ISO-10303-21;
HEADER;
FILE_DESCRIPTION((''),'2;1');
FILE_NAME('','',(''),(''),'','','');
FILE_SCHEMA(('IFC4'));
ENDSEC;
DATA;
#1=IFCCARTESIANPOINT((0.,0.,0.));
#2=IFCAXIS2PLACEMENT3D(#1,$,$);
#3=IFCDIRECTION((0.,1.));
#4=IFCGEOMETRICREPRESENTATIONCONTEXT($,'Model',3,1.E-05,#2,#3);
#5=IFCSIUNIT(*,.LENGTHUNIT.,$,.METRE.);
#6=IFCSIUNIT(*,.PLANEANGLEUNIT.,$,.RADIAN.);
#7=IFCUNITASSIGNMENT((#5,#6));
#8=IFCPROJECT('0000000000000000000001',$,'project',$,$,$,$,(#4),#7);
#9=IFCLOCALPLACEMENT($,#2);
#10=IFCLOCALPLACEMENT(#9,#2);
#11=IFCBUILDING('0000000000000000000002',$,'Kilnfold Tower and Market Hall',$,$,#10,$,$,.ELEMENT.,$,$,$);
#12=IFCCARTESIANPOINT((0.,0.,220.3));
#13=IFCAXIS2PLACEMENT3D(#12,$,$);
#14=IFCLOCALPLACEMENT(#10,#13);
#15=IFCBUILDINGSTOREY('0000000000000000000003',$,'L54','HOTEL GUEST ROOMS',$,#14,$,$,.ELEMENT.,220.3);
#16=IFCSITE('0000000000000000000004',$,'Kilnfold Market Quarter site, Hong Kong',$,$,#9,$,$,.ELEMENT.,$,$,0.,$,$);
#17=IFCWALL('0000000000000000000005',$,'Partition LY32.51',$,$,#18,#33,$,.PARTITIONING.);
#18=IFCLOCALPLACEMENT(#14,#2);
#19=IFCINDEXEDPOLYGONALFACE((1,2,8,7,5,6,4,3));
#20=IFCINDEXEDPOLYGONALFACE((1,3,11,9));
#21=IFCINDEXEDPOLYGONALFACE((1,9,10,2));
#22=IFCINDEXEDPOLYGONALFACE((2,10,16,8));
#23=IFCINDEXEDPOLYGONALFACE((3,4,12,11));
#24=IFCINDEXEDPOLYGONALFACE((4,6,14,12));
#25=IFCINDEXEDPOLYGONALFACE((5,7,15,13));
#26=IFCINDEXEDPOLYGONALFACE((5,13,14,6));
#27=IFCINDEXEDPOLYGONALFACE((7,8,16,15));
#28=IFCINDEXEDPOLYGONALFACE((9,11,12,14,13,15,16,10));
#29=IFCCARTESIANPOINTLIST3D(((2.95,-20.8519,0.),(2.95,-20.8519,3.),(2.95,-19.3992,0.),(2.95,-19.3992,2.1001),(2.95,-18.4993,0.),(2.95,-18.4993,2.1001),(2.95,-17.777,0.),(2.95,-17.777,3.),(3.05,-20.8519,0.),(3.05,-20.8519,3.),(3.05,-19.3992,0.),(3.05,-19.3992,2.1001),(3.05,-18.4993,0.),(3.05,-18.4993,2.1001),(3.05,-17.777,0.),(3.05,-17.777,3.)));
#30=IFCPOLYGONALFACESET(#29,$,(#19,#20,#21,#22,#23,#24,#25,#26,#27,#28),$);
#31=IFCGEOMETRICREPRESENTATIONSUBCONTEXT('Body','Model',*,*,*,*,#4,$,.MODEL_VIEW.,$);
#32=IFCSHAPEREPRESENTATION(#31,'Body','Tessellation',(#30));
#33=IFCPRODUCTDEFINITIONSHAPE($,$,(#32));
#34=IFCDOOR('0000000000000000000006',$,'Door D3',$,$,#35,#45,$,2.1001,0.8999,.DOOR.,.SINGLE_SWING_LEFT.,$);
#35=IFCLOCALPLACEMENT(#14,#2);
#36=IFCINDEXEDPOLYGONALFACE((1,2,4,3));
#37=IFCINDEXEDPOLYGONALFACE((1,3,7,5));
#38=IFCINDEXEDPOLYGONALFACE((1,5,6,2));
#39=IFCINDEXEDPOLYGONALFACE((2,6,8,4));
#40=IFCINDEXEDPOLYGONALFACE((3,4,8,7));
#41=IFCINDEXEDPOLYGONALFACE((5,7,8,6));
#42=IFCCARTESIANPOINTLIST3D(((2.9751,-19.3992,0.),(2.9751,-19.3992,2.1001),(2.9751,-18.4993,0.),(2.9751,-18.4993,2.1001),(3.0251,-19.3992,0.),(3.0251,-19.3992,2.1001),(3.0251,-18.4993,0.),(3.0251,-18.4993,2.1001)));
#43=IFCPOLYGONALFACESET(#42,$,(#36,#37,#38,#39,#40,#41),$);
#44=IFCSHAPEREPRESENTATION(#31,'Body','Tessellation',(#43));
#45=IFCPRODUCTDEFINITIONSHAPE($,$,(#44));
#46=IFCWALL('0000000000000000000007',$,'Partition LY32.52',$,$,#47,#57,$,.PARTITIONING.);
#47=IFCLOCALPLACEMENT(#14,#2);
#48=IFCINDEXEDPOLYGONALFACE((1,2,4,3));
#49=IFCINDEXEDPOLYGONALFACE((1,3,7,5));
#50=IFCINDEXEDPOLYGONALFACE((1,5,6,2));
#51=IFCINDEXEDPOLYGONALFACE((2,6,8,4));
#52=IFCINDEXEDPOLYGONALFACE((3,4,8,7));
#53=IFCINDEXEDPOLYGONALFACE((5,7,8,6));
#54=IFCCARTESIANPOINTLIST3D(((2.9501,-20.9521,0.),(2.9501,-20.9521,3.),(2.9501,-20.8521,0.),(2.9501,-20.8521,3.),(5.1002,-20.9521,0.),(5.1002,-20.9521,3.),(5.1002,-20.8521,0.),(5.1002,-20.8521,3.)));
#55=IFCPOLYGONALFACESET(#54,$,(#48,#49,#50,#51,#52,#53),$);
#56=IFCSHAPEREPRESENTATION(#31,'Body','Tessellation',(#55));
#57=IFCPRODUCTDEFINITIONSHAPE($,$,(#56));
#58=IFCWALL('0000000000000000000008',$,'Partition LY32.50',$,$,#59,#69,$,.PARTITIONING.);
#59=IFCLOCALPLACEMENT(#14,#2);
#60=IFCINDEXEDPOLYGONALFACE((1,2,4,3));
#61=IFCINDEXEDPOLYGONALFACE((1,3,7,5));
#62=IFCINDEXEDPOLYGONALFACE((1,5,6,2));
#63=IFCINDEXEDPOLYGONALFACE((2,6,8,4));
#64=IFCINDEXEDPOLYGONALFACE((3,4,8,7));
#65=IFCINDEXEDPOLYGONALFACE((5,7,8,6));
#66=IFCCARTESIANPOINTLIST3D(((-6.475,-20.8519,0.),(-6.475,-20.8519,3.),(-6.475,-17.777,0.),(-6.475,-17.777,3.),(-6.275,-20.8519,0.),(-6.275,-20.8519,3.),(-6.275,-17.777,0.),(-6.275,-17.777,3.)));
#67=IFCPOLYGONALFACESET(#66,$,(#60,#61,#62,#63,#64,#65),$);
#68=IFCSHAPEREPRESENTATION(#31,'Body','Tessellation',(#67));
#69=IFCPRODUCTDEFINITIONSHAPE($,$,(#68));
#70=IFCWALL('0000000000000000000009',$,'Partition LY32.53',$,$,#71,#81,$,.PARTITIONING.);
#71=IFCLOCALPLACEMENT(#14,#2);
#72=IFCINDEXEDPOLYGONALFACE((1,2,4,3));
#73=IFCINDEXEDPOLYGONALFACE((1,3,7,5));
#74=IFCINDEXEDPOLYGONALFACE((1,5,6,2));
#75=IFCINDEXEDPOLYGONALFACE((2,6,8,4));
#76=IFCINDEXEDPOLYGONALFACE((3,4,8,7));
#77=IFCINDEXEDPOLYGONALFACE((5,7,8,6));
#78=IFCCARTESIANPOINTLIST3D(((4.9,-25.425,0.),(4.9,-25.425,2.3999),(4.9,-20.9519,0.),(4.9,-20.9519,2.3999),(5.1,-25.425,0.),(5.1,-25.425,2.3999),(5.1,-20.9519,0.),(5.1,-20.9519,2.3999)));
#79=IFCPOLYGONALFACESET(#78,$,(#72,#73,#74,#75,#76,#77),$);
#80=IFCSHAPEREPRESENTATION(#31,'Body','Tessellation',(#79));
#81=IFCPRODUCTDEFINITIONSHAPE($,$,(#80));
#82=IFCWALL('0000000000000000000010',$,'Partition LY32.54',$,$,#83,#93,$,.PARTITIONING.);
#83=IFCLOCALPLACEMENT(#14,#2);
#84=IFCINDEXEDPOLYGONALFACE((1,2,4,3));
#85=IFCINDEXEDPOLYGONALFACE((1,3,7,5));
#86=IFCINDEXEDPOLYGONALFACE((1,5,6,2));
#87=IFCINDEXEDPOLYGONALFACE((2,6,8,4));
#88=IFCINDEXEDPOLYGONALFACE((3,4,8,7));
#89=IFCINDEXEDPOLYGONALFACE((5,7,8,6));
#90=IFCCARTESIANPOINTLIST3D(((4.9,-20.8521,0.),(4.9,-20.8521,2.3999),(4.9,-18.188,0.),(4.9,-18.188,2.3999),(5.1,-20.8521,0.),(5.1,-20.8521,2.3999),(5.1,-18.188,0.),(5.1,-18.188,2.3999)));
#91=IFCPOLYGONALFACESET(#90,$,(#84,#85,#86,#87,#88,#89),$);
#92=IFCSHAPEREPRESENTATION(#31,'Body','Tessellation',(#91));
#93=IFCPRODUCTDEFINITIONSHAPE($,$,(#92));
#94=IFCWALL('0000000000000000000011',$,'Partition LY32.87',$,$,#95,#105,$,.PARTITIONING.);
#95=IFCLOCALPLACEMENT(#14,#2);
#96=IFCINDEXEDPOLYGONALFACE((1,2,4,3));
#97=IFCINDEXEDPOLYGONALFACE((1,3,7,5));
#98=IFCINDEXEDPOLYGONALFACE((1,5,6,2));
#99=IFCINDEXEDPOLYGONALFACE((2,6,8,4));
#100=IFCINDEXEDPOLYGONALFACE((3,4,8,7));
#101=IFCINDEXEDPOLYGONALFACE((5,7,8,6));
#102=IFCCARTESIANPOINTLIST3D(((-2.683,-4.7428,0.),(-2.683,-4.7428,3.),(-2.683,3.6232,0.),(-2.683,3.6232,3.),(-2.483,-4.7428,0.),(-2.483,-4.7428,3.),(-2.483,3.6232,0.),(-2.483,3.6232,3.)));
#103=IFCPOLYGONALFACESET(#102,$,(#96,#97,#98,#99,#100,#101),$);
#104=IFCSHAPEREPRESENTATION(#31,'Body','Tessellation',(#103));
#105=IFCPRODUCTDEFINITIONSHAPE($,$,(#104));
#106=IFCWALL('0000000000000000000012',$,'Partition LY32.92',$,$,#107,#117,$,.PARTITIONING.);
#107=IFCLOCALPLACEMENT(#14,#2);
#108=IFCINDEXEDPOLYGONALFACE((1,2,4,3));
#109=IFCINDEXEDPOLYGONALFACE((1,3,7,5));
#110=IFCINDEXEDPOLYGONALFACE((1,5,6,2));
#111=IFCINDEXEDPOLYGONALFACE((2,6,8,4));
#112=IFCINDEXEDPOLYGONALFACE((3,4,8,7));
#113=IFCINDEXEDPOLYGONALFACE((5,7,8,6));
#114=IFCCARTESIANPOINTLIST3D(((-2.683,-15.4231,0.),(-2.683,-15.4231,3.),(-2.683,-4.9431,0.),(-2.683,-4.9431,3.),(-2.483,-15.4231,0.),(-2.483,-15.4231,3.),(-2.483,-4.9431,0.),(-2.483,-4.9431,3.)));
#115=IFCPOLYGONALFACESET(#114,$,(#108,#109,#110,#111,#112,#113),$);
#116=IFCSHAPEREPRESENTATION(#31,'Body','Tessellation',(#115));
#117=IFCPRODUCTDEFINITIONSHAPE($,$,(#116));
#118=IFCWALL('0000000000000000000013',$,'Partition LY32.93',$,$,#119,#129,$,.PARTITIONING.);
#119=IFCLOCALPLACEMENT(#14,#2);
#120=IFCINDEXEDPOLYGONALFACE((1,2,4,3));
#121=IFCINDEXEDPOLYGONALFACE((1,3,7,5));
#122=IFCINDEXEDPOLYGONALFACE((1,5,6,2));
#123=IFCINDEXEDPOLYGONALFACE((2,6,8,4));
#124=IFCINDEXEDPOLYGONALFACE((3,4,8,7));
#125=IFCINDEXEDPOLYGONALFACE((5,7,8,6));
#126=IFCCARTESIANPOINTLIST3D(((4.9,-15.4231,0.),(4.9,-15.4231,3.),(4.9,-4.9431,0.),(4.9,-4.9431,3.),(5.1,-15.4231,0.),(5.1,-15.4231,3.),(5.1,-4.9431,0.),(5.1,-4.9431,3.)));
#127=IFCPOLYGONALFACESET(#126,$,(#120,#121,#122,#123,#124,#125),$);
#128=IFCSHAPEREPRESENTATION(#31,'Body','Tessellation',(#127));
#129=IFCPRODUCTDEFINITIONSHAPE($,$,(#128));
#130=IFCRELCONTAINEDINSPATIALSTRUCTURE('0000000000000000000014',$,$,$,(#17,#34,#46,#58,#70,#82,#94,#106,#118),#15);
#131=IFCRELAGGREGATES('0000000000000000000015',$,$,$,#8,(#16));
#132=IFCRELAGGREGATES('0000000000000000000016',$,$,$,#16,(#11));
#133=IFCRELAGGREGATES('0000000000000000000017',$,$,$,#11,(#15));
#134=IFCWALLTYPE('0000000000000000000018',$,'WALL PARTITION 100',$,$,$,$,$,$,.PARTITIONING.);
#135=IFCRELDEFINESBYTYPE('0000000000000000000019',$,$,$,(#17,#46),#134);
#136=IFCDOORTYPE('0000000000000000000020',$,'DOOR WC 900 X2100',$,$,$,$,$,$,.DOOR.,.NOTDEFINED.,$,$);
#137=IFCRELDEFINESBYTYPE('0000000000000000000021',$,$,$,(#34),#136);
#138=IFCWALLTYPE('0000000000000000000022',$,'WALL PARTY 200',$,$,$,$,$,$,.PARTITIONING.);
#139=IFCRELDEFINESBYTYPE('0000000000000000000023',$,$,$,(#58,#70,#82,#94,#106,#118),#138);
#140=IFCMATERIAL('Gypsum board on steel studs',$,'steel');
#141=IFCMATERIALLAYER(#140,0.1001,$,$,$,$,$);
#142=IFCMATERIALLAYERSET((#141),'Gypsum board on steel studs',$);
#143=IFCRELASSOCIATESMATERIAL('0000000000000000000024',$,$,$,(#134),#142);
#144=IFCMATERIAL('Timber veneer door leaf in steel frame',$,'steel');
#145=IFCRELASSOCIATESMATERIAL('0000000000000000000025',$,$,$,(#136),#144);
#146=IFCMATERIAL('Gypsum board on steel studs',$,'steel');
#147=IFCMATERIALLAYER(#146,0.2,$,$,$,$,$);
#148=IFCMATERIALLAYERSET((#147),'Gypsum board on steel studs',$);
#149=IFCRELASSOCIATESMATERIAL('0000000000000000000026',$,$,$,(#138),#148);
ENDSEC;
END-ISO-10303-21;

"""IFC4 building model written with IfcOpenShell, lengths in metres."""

from ifc_helpers import new_model, si_unit, direction, frame, frame_2d, origin, place, context, subcontext, project, spatial, rectangle, extrude, material, layer, layer_set, type_object, element, fill, save


model = new_model("IFC4")

# Units and contexts
model_context = context("Model", 3, precision=1e-05, world=origin(), true_north=direction((0.0, 1.0)))
body_context = subcontext(model_context, "Body", "Model", "MODEL_VIEW")
ifc_project = project(units=[si_unit("LENGTHUNIT", "METRE"), si_unit("PLANEANGLEUNIT", "RADIAN")], contexts=[model_context])

# Site, building, storey
site_placement = place(None, origin())
site = spatial("IfcSite", under=ifc_project, at=site_placement, Name="Kilnfold Market Quarter site, Hong Kong", CompositionType="ELEMENT", RefElevation=0.0)
building_placement = place(site_placement, origin())
building = spatial("IfcBuilding", under=site, at=building_placement, Name="Kilnfold Tower and Market Hall", CompositionType="ELEMENT")
storey_placement = place(building_placement, frame((0.0, 0.0, 220.3)))
storey = spatial("IfcBuildingStorey", under=building, at=storey_placement, Name="L54", Description="HOTEL GUEST ROOMS", CompositionType="ELEMENT", Elevation=220.3)

# Shared definitions
ifc_material_1 = material(Name="Gypsum board on steel studs", Category="steel")
ifc_layer_1 = layer(ifc_material_1, 0.1001)
ifc_layer_set_1 = layer_set([ifc_layer_1], Name="Gypsum board on steel studs")
wall_type_1 = type_object("IfcWallType", Name="WALL PARTITION 100", PredefinedType="PARTITIONING", material=ifc_layer_set_1)
ifc_material_2 = material(Name="Timber veneer door leaf in steel frame", Category="steel")
door_type_1 = type_object("IfcDoorType", Name="DOOR WC 900 X2100", OperationType="NOTDEFINED", PredefinedType="DOOR", material=ifc_material_2)

# Wall, opening, door
wall_1_placement = place(storey_placement, frame((3.0, -20.8521, 0.0), z_axis=(0.0, 0.0, 1.0), x_axis=(0.0, 1.0, 0.0)))
wall_1 = element("IfcWall", 1, at=wall_1_placement, inside=storey, type_object=wall_type_1, Name="Partition LY32.51", PredefinedType="PARTITIONING", context=body_context, shape_type="SweptSolid", body=[
    extrude(rectangle(XDim=3.075, YDim=0.1001, at=frame_2d((1.5376, 0.0))), origin(), (0.0, 0.0, 1.0), 3.0),
])
opening_1_placement = place(wall_1_placement, frame((1.4529, 0.0, 0.0)))
opening_1 = element("IfcOpeningElement", 2, at=opening_1_placement, cuts=wall_1, PredefinedType="OPENING", context=body_context, shape_type="SweptSolid", body=[
    extrude(rectangle(XDim=0.8999, YDim=2.1001, at=frame_2d((0.45, 1.05))), frame((0.0, 0.0601, 0.0), z_axis=(0.0, -1.0, 0.0), x_axis=(1.0, 0.0, 0.0)), (0.0, 0.0, 1.0), 0.1201),
])
door_1_placement = place(opening_1_placement, origin())
door_1 = element("IfcDoor", 3, at=door_1_placement, inside=storey, type_object=door_type_1, Name="Door D3", OperationType="SINGLE_SWING_LEFT", OverallHeight=2.1001, OverallWidth=0.8999, PredefinedType="DOOR", context=body_context, shape_type="SweptSolid", body=[
    extrude(rectangle(XDim=0.8999, YDim=2.1001, at=frame_2d((0.45, 1.05))), frame((0.0, 0.0249, 0.0), z_axis=(0.0, -1.0, 0.0), x_axis=(1.0, 0.0, 0.0)), (0.0, 0.0, 1.0), 0.05),
])
fill(opening_1, door_1)

# Walls
wall_2_placement = place(storey_placement, frame((2.95, -20.9021, 0.0), z_axis=(0.0, 0.0, 1.0), x_axis=(1.0, 0.0, 0.0)))
element("IfcWall", 4, at=wall_2_placement, inside=storey, type_object=wall_type_1, Name="Partition LY32.52", PredefinedType="PARTITIONING", context=body_context, shape_type="SweptSolid", body=[
    extrude(rectangle(XDim=2.1501, YDim=0.1001, at=frame_2d((1.0752, 0.0))), origin(), (0.0, 0.0, 1.0), 3.0),
])
ifc_material_3 = material(Name="Gypsum board on steel studs", Category="steel")
ifc_layer_2 = layer(ifc_material_3, 0.2)
ifc_layer_set_2 = layer_set([ifc_layer_2], Name="Gypsum board on steel studs")
wall_type_2 = type_object("IfcWallType", Name="WALL PARTY 200", PredefinedType="PARTITIONING", material=ifc_layer_set_2)
wall_3_placement = place(storey_placement, frame((-6.375, -20.8521, 0.0), z_axis=(0.0, 0.0, 1.0), x_axis=(0.0, 1.0, 0.0)))
element("IfcWall", 5, at=wall_3_placement, inside=storey, type_object=wall_type_2, Name="Partition LY32.50", PredefinedType="PARTITIONING", context=body_context, shape_type="SweptSolid", body=[
    extrude(rectangle(XDim=3.075, YDim=0.2, at=frame_2d((1.5376, 0.0))), origin(), (0.0, 0.0, 1.0), 3.0),
])
wall_4_placement = place(storey_placement, frame((5.0, -25.425, 0.0), z_axis=(0.0, 0.0, 1.0), x_axis=(0.0, 1.0, 0.0)))
element("IfcWall", 6, at=wall_4_placement, inside=storey, type_object=wall_type_2, Name="Partition LY32.53", PredefinedType="PARTITIONING", context=body_context, shape_type="SweptSolid", body=[
    extrude(rectangle(XDim=4.4731, YDim=0.2, at=frame_2d((2.2366, 0.0))), origin(), (0.0, 0.0, 1.0), 2.3999),
])
wall_5_placement = place(storey_placement, frame((5.0, -20.8521, 0.0), z_axis=(0.0, 0.0, 1.0), x_axis=(0.0, 1.0, 0.0)))
element("IfcWall", 7, at=wall_5_placement, inside=storey, type_object=wall_type_2, Name="Partition LY32.54", PredefinedType="PARTITIONING", context=body_context, shape_type="SweptSolid", body=[
    extrude(rectangle(XDim=2.6641, YDim=0.2, at=frame_2d((1.332, 0.0))), origin(), (0.0, 0.0, 1.0), 2.3999),
])
wall_6_placement = place(storey_placement, frame((-2.583, -4.7429, 0.0), z_axis=(0.0, 0.0, 1.0), x_axis=(0.0, 1.0, 0.0)))
element("IfcWall", 8, at=wall_6_placement, inside=storey, type_object=wall_type_2, Name="Partition LY32.87", PredefinedType="PARTITIONING", context=body_context, shape_type="SweptSolid", body=[
    extrude(rectangle(XDim=8.366, YDim=0.2, at=frame_2d((4.1831, 0.0))), origin(), (0.0, 0.0, 1.0), 3.0),
])
for number, where, z_axis, x_axis, name in (
    (9, (-2.583, -15.4231, 0.0), (0.0, 0.0, 1.0), (0.0, 1.0, 0.0), "Partition LY32.92"),
    (10, (5.0, -15.4231, 0.0), (0.0, 0.0, 1.0), (0.0, 1.0, 0.0), "Partition LY32.93"),
):
    element("IfcWall", number, at=place(storey_placement, frame(where, z_axis=z_axis, x_axis=x_axis)), inside=storey, type_object=wall_type_2, Name=name, PredefinedType="PARTITIONING", context=body_context, shape_type="SweptSolid", body=[
        extrude(rectangle(XDim=10.48, YDim=0.2, at=frame_2d((5.24, 0.0))), origin(), (0.0, 0.0, 1.0), 3.0),
    ])

save(model, "model.ifc")
